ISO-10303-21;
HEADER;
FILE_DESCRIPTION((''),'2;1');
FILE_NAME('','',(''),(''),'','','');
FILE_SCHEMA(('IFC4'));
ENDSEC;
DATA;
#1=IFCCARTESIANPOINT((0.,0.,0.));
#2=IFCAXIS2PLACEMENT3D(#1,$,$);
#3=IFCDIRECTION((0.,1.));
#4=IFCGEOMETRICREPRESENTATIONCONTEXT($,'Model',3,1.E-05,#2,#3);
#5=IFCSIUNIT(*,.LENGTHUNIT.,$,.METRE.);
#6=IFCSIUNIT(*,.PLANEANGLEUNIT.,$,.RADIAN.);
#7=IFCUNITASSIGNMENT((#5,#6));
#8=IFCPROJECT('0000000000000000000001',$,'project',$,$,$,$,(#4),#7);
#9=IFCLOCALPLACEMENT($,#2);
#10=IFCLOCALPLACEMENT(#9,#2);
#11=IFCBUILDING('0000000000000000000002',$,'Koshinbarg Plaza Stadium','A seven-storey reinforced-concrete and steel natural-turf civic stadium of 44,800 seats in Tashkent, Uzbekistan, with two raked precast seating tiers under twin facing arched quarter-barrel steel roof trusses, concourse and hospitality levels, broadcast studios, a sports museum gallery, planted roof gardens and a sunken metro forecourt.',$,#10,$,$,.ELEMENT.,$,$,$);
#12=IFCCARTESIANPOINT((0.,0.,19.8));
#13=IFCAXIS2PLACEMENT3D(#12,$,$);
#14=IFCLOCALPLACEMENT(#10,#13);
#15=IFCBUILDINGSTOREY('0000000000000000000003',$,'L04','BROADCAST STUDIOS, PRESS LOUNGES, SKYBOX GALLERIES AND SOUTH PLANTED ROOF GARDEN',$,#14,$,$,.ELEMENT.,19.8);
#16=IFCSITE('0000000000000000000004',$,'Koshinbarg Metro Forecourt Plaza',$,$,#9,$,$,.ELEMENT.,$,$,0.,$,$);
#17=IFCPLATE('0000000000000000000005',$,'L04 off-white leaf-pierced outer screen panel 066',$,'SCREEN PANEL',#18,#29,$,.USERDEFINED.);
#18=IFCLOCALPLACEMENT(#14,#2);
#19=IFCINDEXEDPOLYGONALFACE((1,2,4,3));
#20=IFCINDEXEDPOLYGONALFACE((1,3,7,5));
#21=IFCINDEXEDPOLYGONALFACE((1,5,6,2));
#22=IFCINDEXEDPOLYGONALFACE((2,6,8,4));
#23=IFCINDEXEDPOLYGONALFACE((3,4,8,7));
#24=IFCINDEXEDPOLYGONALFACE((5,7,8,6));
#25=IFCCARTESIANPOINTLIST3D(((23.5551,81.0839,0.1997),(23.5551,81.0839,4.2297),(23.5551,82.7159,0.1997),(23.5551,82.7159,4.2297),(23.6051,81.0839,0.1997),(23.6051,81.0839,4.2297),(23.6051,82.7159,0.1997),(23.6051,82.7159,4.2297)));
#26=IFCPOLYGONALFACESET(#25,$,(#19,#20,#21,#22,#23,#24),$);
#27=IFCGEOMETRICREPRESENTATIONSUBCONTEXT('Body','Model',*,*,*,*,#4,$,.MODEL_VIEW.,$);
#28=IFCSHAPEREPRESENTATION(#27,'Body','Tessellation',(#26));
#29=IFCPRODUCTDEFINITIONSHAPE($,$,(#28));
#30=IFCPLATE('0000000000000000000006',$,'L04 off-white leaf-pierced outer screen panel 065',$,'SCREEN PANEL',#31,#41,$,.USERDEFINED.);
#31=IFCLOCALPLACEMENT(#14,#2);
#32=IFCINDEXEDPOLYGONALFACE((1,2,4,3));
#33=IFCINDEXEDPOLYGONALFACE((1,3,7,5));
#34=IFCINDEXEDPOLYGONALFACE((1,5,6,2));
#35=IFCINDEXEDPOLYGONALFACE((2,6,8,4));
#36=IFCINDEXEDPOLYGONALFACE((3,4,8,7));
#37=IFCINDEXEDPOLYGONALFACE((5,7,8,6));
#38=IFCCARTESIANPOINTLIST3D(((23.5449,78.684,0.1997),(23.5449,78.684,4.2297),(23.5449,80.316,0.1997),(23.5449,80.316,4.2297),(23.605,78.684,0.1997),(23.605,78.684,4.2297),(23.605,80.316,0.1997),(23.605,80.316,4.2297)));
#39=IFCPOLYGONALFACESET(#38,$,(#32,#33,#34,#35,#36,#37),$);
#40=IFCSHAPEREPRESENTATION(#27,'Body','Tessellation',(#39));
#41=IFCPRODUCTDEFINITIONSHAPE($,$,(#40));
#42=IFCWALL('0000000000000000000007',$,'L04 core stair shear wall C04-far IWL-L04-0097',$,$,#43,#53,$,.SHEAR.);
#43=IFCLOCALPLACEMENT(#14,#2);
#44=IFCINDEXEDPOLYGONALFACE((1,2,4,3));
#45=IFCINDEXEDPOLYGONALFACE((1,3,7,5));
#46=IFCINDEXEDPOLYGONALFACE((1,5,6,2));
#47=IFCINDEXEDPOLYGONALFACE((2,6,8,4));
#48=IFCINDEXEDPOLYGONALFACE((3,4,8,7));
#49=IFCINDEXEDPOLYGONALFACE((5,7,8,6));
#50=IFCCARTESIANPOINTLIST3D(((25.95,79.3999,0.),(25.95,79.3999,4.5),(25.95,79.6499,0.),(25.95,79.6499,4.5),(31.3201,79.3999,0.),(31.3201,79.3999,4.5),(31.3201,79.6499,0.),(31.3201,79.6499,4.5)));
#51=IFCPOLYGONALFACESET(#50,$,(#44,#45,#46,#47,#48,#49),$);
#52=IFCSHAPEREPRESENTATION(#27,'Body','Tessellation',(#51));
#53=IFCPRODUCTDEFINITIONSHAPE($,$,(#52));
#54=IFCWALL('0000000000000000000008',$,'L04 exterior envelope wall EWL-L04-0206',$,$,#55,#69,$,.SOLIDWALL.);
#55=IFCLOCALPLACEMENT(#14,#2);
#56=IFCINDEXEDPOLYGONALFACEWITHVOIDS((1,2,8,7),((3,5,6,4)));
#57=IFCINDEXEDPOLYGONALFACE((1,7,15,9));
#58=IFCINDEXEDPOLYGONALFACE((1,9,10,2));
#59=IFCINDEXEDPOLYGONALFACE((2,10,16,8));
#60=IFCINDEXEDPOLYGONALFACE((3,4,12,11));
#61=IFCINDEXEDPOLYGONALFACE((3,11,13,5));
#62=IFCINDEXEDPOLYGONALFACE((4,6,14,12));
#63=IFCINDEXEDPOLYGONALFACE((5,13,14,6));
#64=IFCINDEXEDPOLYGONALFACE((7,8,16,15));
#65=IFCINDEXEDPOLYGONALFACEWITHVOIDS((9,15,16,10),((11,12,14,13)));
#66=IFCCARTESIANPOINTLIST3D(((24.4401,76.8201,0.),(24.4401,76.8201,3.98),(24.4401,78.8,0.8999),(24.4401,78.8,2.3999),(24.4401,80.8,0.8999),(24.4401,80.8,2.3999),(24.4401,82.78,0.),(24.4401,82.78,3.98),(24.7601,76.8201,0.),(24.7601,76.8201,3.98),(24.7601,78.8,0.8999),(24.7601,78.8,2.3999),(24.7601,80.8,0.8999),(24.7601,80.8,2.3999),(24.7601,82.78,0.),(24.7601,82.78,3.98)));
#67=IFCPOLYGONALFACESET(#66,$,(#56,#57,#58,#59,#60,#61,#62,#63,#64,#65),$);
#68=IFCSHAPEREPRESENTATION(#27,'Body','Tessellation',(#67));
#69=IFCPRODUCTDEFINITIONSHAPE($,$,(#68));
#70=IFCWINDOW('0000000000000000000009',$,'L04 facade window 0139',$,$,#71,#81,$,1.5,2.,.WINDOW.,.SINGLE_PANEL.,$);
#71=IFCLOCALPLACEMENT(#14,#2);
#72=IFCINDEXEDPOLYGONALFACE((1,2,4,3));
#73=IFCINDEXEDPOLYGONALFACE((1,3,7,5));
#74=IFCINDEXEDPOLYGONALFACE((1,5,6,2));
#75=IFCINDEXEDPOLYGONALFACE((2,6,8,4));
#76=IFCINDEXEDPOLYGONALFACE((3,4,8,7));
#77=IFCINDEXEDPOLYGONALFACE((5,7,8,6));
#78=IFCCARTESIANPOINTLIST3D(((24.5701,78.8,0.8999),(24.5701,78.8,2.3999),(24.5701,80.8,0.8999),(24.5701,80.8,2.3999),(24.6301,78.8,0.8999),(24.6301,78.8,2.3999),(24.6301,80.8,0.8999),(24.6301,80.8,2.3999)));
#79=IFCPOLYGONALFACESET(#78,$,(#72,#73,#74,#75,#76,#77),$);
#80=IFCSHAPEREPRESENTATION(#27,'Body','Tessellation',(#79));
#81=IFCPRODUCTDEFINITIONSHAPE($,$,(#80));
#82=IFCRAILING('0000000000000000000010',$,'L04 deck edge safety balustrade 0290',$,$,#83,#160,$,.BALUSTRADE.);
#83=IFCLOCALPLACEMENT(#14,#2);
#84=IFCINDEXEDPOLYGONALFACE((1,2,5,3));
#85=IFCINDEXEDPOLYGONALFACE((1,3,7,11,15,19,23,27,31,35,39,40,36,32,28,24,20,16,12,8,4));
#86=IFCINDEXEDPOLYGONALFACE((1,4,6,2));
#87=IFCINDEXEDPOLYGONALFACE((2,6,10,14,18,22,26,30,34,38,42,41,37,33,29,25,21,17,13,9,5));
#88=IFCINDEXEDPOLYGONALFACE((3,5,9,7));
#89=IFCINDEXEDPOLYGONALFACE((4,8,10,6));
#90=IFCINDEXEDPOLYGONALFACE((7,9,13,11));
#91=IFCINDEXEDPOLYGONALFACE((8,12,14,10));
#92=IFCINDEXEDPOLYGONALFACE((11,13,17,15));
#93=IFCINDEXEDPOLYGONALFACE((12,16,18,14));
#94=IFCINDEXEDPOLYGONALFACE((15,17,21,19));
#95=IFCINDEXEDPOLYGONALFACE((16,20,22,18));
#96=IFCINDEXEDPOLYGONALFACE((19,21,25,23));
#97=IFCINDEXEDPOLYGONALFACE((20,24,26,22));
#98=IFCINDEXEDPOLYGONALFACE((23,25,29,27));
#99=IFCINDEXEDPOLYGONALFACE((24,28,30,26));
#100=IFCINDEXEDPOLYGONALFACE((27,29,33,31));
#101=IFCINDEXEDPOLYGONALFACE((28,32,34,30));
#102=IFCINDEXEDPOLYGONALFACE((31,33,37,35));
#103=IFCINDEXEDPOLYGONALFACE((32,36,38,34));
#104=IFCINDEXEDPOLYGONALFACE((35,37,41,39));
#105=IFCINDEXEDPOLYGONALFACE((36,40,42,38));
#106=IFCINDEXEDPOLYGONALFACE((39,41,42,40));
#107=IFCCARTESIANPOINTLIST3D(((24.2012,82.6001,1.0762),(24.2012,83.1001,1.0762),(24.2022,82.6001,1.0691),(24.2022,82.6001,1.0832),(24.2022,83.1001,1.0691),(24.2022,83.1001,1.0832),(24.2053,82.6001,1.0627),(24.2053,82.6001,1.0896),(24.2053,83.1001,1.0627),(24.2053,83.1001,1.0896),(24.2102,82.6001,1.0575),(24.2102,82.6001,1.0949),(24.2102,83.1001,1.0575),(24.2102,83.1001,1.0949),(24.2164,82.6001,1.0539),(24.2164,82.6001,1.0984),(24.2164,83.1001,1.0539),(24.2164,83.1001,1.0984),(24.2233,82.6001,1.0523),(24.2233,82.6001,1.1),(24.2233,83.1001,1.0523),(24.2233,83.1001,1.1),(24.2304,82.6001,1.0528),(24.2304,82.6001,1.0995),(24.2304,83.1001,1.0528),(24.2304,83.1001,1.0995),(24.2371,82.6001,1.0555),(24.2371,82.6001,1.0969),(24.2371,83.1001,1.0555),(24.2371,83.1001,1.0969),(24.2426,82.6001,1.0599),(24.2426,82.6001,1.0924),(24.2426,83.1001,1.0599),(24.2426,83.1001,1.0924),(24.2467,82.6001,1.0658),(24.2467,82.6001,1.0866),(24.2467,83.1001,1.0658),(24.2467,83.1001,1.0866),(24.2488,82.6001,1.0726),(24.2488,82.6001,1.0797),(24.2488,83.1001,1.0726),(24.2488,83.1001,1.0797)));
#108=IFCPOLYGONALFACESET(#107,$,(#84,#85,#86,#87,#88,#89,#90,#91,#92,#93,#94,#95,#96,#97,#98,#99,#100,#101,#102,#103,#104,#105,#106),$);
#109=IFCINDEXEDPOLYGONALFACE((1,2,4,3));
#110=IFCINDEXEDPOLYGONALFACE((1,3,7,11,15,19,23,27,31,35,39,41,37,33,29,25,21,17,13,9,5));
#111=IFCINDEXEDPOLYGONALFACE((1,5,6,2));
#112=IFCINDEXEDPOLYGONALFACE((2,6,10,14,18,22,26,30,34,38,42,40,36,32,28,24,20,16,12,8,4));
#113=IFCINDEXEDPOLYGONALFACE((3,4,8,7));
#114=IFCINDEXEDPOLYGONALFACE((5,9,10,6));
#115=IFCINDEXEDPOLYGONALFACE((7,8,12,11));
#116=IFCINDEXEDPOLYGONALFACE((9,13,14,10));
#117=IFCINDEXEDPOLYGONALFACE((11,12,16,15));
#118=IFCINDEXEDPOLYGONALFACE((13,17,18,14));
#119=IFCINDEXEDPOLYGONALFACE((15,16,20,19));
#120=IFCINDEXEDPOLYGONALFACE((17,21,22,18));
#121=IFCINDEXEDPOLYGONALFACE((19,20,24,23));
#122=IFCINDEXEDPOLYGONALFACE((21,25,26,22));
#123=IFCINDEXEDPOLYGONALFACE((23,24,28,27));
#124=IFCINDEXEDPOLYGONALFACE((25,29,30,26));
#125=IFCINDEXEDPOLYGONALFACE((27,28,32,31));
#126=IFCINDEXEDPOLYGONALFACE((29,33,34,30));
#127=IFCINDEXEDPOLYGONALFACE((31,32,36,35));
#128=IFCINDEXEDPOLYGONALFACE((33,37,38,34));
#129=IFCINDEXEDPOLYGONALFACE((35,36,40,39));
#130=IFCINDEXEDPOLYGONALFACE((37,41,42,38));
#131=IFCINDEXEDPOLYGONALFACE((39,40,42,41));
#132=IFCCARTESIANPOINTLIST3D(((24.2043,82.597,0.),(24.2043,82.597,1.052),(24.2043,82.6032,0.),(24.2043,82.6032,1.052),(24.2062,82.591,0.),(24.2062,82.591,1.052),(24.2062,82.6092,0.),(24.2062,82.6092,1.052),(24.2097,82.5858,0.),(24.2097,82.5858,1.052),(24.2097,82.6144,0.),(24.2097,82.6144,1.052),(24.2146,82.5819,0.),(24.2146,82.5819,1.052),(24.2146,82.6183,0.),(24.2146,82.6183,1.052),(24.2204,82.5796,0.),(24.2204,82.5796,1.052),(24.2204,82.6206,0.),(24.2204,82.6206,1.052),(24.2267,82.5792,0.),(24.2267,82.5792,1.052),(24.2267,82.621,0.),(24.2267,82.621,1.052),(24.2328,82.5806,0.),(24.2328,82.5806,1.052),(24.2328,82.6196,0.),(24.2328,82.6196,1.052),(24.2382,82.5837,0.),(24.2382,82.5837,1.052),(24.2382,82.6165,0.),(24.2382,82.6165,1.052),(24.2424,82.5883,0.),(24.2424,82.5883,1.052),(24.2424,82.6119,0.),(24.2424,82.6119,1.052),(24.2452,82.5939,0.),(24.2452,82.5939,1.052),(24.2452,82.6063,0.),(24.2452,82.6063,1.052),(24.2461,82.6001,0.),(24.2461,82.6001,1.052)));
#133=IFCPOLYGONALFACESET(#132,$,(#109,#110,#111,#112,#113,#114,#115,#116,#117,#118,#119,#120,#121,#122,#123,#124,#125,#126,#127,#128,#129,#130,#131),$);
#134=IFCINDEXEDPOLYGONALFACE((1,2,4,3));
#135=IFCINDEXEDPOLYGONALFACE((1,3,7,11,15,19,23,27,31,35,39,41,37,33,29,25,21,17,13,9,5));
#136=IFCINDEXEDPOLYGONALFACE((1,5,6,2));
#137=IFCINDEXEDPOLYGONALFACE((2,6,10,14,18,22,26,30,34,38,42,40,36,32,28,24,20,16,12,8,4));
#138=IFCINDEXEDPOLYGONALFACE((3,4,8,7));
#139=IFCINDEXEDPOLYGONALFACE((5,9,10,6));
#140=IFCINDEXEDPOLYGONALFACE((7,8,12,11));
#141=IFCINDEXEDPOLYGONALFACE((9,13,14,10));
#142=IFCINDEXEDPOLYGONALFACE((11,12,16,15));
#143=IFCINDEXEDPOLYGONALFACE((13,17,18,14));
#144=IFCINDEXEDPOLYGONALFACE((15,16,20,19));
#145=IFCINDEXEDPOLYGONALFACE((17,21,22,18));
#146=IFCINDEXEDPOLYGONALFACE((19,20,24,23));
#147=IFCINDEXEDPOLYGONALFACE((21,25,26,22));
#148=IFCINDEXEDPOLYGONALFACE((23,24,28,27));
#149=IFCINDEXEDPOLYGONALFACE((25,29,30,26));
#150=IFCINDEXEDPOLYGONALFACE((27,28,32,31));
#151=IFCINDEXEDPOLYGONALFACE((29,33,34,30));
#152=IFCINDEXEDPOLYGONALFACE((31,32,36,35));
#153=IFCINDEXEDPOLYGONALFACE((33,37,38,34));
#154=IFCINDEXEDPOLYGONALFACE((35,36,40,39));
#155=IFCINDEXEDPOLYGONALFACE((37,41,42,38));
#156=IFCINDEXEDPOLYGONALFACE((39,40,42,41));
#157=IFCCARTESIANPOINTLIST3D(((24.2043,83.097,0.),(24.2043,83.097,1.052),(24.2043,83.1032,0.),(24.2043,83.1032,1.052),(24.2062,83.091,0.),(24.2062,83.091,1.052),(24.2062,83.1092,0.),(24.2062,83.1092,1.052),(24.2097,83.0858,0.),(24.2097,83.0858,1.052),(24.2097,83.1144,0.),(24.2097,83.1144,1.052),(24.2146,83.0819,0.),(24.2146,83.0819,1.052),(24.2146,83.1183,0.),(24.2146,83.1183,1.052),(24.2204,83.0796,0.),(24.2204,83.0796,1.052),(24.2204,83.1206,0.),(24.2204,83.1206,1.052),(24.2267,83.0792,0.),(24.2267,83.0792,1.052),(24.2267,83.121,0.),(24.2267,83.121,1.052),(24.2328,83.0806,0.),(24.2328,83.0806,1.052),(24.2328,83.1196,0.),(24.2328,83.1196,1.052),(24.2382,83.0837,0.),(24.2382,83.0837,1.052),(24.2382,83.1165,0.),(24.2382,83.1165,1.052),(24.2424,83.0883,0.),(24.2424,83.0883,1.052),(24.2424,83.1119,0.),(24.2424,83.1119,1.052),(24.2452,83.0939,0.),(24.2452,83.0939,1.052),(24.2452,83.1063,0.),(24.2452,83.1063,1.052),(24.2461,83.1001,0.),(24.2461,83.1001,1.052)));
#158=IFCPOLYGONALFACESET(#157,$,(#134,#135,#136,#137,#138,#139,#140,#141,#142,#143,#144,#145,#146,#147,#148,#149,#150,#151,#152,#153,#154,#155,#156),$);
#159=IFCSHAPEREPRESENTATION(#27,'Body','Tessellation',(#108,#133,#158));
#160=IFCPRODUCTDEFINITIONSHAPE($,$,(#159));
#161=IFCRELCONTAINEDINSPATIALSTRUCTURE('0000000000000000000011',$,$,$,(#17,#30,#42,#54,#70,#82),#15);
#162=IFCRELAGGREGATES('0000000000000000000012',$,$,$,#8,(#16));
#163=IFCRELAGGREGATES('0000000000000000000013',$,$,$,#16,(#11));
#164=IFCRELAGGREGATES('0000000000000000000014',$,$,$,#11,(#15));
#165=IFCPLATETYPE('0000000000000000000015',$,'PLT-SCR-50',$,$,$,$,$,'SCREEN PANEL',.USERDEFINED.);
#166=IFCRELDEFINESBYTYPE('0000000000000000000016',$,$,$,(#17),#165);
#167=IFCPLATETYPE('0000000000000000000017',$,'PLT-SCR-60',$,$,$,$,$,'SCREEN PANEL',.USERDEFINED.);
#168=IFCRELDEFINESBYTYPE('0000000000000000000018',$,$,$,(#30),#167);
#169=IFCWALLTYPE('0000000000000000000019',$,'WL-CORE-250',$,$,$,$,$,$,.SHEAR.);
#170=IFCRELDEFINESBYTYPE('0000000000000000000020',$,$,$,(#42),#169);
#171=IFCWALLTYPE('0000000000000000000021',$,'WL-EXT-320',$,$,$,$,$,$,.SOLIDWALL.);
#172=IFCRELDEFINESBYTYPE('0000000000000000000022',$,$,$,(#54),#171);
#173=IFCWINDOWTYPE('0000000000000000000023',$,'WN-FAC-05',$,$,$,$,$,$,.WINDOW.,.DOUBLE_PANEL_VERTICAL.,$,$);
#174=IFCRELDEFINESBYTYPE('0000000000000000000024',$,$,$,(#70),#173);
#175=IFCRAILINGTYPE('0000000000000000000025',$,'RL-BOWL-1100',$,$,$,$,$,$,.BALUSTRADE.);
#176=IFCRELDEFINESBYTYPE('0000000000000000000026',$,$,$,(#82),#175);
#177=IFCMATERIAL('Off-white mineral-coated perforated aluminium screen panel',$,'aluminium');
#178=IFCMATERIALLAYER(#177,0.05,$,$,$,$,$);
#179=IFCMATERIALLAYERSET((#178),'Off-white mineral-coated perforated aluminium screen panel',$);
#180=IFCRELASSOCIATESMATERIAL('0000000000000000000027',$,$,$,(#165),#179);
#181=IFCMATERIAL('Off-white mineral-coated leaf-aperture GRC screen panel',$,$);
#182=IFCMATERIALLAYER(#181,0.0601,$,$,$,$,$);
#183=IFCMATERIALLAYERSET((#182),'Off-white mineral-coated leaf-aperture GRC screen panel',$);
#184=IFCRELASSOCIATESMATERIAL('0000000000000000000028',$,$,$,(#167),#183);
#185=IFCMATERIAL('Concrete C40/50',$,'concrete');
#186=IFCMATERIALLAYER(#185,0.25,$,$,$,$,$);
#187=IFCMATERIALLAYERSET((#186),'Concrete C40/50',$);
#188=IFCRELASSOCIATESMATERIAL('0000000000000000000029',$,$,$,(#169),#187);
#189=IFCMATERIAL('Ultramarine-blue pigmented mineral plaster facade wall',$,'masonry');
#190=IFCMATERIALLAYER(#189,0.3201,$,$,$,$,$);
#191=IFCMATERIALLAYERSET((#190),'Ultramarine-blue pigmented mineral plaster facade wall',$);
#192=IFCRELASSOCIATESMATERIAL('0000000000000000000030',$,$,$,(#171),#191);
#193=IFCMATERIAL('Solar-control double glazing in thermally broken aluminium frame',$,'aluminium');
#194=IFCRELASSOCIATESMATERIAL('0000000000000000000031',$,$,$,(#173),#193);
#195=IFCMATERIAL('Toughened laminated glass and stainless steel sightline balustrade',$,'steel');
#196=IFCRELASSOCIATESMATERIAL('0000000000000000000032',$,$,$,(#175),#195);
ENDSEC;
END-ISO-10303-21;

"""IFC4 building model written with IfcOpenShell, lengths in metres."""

from ifc_helpers import new_model, si_unit, direction, frame, frame_2d, origin, origin_2d, place, context, subcontext, project, spatial, rectangle, circle, extrude, material, layer, layer_set, type_object, element, fill, save


model = new_model("IFC4")

# Units and contexts
model_context = context("Model", 3, precision=1e-05, world=origin(), true_north=direction((0.0, 1.0)))
body_context = subcontext(model_context, "Body", "Model", "MODEL_VIEW")
ifc_project = project(units=[si_unit("LENGTHUNIT", "METRE"), si_unit("PLANEANGLEUNIT", "RADIAN")], contexts=[model_context])

# Site, building, storey
site_placement = place(None, origin())
site = spatial("IfcSite", under=ifc_project, at=site_placement, Name="Koshinbarg Metro Forecourt Plaza", CompositionType="ELEMENT", RefElevation=0.0)
building_placement = place(site_placement, origin())
building = spatial("IfcBuilding", under=site, at=building_placement, Name="Koshinbarg Plaza Stadium", Description="A seven-storey reinforced-concrete and steel natural-turf civic stadium of 44,800 seats in Tashkent, Uzbekistan, with two raked precast seating tiers under twin facing arched quarter-barrel steel roof trusses, concourse and hospitality levels, broadcast studios, a sports museum gallery, planted roof gardens and a sunken metro forecourt.", CompositionType="ELEMENT")
storey_placement = place(building_placement, frame((0.0, 0.0, 19.8)))
storey = spatial("IfcBuildingStorey", under=building, at=storey_placement, Name="L04", Description="BROADCAST STUDIOS, PRESS LOUNGES, SKYBOX GALLERIES AND SOUTH PLANTED ROOF GARDEN", CompositionType="ELEMENT", Elevation=19.8)

# Shared definitions
ifc_material_1 = material(Name="Concrete C40/50", Category="concrete")

# Plates
ifc_material_2 = material(Name="Off-white mineral-coated perforated aluminium screen panel", Category="aluminium")
ifc_layer_1 = layer(ifc_material_2, 0.05)
ifc_layer_set_1 = layer_set([ifc_layer_1], Name="Off-white mineral-coated perforated aluminium screen panel")
plate_type_1 = type_object("IfcPlateType", Name="PLT-SCR-50", ElementType="SCREEN PANEL", PredefinedType="USERDEFINED", material=ifc_layer_set_1)
for number, where, z_axis, x_axis, name in (
    (1, (23.5801, 81.8999, 0.1997), (0.0, 0.0, 1.0), (1.0, 0.0, 0.0), "L04 off-white leaf-pierced outer screen panel 066"),
):
    element("IfcPlate", number, at=place(storey_placement, frame(where, z_axis=z_axis, x_axis=x_axis)), inside=storey, type_object=plate_type_1, Name=name, ObjectType="SCREEN PANEL", PredefinedType="USERDEFINED", context=body_context, shape_type="SweptSolid", body=[
        extrude(rectangle(XDim=0.05, YDim=1.6321, at=origin_2d()), origin(), (0.0, 0.0, 1.0), 4.03),
    ])
ifc_material_3 = material(Name="Off-white mineral-coated leaf-aperture GRC screen panel")
ifc_layer_2 = layer(ifc_material_3, 0.0601)
ifc_layer_set_2 = layer_set([ifc_layer_2], Name="Off-white mineral-coated leaf-aperture GRC screen panel")
plate_type_2 = type_object("IfcPlateType", Name="PLT-SCR-60", ElementType="SCREEN PANEL", PredefinedType="USERDEFINED", material=ifc_layer_set_2)
plate_placement = place(storey_placement, frame((23.575, 79.5, 0.1997), z_axis=(0.0, 0.0, 1.0), x_axis=(1.0, 0.0, 0.0)))
element("IfcPlate", 2, at=plate_placement, inside=storey, type_object=plate_type_2, Name="L04 off-white leaf-pierced outer screen panel 065", ObjectType="SCREEN PANEL", PredefinedType="USERDEFINED", context=body_context, shape_type="SweptSolid", body=[
    extrude(rectangle(XDim=0.0601, YDim=1.6321, at=origin_2d()), origin(), (0.0, 0.0, 1.0), 4.03),
])

# Wall
ifc_layer_3 = layer(ifc_material_1, 0.25)
ifc_layer_set_3 = layer_set([ifc_layer_3], Name="Concrete C40/50")
wall_type_1 = type_object("IfcWallType", Name="WL-CORE-250", PredefinedType="SHEAR", material=ifc_layer_set_3)
wall_1_placement = place(storey_placement, frame((31.3201, 79.5249, 0.0), z_axis=(0.0, 0.0, 1.0), x_axis=(-1.0, 0.0, 0.0)))
element("IfcWall", 3, at=wall_1_placement, inside=storey, type_object=wall_type_1, Name="L04 core stair shear wall C04-far IWL-L04-0097", PredefinedType="SHEAR", context=body_context, shape_type="SweptSolid", body=[
    extrude(rectangle(XDim=5.3701, YDim=0.25, at=frame_2d((2.6851, 0.0))), origin(), (0.0, 0.0, 1.0), 4.5),
])

# Wall, opening, window
ifc_material_4 = material(Name="Ultramarine-blue pigmented mineral plaster facade wall", Category="masonry")
ifc_layer_4 = layer(ifc_material_4, 0.3201)
ifc_layer_set_4 = layer_set([ifc_layer_4], Name="Ultramarine-blue pigmented mineral plaster facade wall")
wall_type_2 = type_object("IfcWallType", Name="WL-EXT-320", PredefinedType="SOLIDWALL", material=ifc_layer_set_4)
wall_2_placement = place(storey_placement, frame((24.6001, 76.8201, 0.0), z_axis=(0.0, 0.0, 1.0), x_axis=(0.0, 1.0, 0.0)))
wall_2 = element("IfcWall", 4, at=wall_2_placement, inside=storey, type_object=wall_type_2, Name="L04 exterior envelope wall EWL-L04-0206", PredefinedType="SOLIDWALL", context=body_context, shape_type="SweptSolid", body=[
    extrude(rectangle(XDim=5.96, YDim=0.3201, at=frame_2d((2.98, 0.0))), origin(), (0.0, 0.0, 1.0), 3.98),
])
opening_placement = place(wall_2_placement, frame((1.98, 0.0, 0.8999)))
opening = element("IfcOpeningElement", 5, at=opening_placement, cuts=wall_2, PredefinedType="OPENING", context=body_context, shape_type="SweptSolid", body=[
    extrude(rectangle(XDim=2.0, YDim=1.5, at=frame_2d((1.0, 0.75))), frame((0.0, 0.1699, 0.0), z_axis=(0.0, -1.0, 0.0), x_axis=(1.0, 0.0, 0.0)), (0.0, 0.0, 1.0), 0.3401),
])
ifc_material_5 = material(Name="Solar-control double glazing in thermally broken aluminium frame", Category="aluminium")
window_type = type_object("IfcWindowType", Name="WN-FAC-05", PartitioningType="DOUBLE_PANEL_VERTICAL", PredefinedType="WINDOW", material=ifc_material_5)
window_placement = place(opening_placement, origin())
window = element("IfcWindow", 6, at=window_placement, inside=storey, type_object=window_type, Name="L04 facade window 0139", OverallHeight=1.5, OverallWidth=2.0, PartitioningType="SINGLE_PANEL", PredefinedType="WINDOW", context=body_context, shape_type="SweptSolid", body=[
    extrude(rectangle(XDim=2.0, YDim=1.5, at=frame_2d((1.0, 0.75))), frame((0.0, 0.03, 0.0), z_axis=(0.0, -1.0, 0.0), x_axis=(1.0, 0.0, 0.0)), (0.0, 0.0, 1.0), 0.0601),
])
fill(opening, window)

# Railing
ifc_material_6 = material(Name="Toughened laminated glass and stainless steel sightline balustrade", Category="steel")
railing_type = type_object("IfcRailingType", Name="RL-BOWL-1100", PredefinedType="BALUSTRADE", material=ifc_material_6)
railing_1_placement = place(storey_placement, frame((24.2251, 82.6001, 0.0)))
element("IfcRailing", 7, at=railing_1_placement, inside=storey, type_object=railing_type, Name="L04 deck edge safety balustrade 0290", PredefinedType="BALUSTRADE", context=body_context, shape_type="SweptSolid", body=[
    extrude(circle(Radius=0.0239, at=origin_2d()), frame((0.0, 0.0, 1.0762), z_axis=(0.0, 1.0, 0.0), x_axis=(-1.0, 0.0, 0.0)), (0.0, 0.0, 1.0), 0.5),
    extrude(circle(Radius=0.021, at=origin_2d()), origin(), (0.0, 0.0, 1.0), 1.052),
    extrude(circle(Radius=0.021, at=origin_2d()), frame((0.0, 0.5, 0.0)), (0.0, 0.0, 1.0), 1.052),
])

save(model, "model.ifc")
